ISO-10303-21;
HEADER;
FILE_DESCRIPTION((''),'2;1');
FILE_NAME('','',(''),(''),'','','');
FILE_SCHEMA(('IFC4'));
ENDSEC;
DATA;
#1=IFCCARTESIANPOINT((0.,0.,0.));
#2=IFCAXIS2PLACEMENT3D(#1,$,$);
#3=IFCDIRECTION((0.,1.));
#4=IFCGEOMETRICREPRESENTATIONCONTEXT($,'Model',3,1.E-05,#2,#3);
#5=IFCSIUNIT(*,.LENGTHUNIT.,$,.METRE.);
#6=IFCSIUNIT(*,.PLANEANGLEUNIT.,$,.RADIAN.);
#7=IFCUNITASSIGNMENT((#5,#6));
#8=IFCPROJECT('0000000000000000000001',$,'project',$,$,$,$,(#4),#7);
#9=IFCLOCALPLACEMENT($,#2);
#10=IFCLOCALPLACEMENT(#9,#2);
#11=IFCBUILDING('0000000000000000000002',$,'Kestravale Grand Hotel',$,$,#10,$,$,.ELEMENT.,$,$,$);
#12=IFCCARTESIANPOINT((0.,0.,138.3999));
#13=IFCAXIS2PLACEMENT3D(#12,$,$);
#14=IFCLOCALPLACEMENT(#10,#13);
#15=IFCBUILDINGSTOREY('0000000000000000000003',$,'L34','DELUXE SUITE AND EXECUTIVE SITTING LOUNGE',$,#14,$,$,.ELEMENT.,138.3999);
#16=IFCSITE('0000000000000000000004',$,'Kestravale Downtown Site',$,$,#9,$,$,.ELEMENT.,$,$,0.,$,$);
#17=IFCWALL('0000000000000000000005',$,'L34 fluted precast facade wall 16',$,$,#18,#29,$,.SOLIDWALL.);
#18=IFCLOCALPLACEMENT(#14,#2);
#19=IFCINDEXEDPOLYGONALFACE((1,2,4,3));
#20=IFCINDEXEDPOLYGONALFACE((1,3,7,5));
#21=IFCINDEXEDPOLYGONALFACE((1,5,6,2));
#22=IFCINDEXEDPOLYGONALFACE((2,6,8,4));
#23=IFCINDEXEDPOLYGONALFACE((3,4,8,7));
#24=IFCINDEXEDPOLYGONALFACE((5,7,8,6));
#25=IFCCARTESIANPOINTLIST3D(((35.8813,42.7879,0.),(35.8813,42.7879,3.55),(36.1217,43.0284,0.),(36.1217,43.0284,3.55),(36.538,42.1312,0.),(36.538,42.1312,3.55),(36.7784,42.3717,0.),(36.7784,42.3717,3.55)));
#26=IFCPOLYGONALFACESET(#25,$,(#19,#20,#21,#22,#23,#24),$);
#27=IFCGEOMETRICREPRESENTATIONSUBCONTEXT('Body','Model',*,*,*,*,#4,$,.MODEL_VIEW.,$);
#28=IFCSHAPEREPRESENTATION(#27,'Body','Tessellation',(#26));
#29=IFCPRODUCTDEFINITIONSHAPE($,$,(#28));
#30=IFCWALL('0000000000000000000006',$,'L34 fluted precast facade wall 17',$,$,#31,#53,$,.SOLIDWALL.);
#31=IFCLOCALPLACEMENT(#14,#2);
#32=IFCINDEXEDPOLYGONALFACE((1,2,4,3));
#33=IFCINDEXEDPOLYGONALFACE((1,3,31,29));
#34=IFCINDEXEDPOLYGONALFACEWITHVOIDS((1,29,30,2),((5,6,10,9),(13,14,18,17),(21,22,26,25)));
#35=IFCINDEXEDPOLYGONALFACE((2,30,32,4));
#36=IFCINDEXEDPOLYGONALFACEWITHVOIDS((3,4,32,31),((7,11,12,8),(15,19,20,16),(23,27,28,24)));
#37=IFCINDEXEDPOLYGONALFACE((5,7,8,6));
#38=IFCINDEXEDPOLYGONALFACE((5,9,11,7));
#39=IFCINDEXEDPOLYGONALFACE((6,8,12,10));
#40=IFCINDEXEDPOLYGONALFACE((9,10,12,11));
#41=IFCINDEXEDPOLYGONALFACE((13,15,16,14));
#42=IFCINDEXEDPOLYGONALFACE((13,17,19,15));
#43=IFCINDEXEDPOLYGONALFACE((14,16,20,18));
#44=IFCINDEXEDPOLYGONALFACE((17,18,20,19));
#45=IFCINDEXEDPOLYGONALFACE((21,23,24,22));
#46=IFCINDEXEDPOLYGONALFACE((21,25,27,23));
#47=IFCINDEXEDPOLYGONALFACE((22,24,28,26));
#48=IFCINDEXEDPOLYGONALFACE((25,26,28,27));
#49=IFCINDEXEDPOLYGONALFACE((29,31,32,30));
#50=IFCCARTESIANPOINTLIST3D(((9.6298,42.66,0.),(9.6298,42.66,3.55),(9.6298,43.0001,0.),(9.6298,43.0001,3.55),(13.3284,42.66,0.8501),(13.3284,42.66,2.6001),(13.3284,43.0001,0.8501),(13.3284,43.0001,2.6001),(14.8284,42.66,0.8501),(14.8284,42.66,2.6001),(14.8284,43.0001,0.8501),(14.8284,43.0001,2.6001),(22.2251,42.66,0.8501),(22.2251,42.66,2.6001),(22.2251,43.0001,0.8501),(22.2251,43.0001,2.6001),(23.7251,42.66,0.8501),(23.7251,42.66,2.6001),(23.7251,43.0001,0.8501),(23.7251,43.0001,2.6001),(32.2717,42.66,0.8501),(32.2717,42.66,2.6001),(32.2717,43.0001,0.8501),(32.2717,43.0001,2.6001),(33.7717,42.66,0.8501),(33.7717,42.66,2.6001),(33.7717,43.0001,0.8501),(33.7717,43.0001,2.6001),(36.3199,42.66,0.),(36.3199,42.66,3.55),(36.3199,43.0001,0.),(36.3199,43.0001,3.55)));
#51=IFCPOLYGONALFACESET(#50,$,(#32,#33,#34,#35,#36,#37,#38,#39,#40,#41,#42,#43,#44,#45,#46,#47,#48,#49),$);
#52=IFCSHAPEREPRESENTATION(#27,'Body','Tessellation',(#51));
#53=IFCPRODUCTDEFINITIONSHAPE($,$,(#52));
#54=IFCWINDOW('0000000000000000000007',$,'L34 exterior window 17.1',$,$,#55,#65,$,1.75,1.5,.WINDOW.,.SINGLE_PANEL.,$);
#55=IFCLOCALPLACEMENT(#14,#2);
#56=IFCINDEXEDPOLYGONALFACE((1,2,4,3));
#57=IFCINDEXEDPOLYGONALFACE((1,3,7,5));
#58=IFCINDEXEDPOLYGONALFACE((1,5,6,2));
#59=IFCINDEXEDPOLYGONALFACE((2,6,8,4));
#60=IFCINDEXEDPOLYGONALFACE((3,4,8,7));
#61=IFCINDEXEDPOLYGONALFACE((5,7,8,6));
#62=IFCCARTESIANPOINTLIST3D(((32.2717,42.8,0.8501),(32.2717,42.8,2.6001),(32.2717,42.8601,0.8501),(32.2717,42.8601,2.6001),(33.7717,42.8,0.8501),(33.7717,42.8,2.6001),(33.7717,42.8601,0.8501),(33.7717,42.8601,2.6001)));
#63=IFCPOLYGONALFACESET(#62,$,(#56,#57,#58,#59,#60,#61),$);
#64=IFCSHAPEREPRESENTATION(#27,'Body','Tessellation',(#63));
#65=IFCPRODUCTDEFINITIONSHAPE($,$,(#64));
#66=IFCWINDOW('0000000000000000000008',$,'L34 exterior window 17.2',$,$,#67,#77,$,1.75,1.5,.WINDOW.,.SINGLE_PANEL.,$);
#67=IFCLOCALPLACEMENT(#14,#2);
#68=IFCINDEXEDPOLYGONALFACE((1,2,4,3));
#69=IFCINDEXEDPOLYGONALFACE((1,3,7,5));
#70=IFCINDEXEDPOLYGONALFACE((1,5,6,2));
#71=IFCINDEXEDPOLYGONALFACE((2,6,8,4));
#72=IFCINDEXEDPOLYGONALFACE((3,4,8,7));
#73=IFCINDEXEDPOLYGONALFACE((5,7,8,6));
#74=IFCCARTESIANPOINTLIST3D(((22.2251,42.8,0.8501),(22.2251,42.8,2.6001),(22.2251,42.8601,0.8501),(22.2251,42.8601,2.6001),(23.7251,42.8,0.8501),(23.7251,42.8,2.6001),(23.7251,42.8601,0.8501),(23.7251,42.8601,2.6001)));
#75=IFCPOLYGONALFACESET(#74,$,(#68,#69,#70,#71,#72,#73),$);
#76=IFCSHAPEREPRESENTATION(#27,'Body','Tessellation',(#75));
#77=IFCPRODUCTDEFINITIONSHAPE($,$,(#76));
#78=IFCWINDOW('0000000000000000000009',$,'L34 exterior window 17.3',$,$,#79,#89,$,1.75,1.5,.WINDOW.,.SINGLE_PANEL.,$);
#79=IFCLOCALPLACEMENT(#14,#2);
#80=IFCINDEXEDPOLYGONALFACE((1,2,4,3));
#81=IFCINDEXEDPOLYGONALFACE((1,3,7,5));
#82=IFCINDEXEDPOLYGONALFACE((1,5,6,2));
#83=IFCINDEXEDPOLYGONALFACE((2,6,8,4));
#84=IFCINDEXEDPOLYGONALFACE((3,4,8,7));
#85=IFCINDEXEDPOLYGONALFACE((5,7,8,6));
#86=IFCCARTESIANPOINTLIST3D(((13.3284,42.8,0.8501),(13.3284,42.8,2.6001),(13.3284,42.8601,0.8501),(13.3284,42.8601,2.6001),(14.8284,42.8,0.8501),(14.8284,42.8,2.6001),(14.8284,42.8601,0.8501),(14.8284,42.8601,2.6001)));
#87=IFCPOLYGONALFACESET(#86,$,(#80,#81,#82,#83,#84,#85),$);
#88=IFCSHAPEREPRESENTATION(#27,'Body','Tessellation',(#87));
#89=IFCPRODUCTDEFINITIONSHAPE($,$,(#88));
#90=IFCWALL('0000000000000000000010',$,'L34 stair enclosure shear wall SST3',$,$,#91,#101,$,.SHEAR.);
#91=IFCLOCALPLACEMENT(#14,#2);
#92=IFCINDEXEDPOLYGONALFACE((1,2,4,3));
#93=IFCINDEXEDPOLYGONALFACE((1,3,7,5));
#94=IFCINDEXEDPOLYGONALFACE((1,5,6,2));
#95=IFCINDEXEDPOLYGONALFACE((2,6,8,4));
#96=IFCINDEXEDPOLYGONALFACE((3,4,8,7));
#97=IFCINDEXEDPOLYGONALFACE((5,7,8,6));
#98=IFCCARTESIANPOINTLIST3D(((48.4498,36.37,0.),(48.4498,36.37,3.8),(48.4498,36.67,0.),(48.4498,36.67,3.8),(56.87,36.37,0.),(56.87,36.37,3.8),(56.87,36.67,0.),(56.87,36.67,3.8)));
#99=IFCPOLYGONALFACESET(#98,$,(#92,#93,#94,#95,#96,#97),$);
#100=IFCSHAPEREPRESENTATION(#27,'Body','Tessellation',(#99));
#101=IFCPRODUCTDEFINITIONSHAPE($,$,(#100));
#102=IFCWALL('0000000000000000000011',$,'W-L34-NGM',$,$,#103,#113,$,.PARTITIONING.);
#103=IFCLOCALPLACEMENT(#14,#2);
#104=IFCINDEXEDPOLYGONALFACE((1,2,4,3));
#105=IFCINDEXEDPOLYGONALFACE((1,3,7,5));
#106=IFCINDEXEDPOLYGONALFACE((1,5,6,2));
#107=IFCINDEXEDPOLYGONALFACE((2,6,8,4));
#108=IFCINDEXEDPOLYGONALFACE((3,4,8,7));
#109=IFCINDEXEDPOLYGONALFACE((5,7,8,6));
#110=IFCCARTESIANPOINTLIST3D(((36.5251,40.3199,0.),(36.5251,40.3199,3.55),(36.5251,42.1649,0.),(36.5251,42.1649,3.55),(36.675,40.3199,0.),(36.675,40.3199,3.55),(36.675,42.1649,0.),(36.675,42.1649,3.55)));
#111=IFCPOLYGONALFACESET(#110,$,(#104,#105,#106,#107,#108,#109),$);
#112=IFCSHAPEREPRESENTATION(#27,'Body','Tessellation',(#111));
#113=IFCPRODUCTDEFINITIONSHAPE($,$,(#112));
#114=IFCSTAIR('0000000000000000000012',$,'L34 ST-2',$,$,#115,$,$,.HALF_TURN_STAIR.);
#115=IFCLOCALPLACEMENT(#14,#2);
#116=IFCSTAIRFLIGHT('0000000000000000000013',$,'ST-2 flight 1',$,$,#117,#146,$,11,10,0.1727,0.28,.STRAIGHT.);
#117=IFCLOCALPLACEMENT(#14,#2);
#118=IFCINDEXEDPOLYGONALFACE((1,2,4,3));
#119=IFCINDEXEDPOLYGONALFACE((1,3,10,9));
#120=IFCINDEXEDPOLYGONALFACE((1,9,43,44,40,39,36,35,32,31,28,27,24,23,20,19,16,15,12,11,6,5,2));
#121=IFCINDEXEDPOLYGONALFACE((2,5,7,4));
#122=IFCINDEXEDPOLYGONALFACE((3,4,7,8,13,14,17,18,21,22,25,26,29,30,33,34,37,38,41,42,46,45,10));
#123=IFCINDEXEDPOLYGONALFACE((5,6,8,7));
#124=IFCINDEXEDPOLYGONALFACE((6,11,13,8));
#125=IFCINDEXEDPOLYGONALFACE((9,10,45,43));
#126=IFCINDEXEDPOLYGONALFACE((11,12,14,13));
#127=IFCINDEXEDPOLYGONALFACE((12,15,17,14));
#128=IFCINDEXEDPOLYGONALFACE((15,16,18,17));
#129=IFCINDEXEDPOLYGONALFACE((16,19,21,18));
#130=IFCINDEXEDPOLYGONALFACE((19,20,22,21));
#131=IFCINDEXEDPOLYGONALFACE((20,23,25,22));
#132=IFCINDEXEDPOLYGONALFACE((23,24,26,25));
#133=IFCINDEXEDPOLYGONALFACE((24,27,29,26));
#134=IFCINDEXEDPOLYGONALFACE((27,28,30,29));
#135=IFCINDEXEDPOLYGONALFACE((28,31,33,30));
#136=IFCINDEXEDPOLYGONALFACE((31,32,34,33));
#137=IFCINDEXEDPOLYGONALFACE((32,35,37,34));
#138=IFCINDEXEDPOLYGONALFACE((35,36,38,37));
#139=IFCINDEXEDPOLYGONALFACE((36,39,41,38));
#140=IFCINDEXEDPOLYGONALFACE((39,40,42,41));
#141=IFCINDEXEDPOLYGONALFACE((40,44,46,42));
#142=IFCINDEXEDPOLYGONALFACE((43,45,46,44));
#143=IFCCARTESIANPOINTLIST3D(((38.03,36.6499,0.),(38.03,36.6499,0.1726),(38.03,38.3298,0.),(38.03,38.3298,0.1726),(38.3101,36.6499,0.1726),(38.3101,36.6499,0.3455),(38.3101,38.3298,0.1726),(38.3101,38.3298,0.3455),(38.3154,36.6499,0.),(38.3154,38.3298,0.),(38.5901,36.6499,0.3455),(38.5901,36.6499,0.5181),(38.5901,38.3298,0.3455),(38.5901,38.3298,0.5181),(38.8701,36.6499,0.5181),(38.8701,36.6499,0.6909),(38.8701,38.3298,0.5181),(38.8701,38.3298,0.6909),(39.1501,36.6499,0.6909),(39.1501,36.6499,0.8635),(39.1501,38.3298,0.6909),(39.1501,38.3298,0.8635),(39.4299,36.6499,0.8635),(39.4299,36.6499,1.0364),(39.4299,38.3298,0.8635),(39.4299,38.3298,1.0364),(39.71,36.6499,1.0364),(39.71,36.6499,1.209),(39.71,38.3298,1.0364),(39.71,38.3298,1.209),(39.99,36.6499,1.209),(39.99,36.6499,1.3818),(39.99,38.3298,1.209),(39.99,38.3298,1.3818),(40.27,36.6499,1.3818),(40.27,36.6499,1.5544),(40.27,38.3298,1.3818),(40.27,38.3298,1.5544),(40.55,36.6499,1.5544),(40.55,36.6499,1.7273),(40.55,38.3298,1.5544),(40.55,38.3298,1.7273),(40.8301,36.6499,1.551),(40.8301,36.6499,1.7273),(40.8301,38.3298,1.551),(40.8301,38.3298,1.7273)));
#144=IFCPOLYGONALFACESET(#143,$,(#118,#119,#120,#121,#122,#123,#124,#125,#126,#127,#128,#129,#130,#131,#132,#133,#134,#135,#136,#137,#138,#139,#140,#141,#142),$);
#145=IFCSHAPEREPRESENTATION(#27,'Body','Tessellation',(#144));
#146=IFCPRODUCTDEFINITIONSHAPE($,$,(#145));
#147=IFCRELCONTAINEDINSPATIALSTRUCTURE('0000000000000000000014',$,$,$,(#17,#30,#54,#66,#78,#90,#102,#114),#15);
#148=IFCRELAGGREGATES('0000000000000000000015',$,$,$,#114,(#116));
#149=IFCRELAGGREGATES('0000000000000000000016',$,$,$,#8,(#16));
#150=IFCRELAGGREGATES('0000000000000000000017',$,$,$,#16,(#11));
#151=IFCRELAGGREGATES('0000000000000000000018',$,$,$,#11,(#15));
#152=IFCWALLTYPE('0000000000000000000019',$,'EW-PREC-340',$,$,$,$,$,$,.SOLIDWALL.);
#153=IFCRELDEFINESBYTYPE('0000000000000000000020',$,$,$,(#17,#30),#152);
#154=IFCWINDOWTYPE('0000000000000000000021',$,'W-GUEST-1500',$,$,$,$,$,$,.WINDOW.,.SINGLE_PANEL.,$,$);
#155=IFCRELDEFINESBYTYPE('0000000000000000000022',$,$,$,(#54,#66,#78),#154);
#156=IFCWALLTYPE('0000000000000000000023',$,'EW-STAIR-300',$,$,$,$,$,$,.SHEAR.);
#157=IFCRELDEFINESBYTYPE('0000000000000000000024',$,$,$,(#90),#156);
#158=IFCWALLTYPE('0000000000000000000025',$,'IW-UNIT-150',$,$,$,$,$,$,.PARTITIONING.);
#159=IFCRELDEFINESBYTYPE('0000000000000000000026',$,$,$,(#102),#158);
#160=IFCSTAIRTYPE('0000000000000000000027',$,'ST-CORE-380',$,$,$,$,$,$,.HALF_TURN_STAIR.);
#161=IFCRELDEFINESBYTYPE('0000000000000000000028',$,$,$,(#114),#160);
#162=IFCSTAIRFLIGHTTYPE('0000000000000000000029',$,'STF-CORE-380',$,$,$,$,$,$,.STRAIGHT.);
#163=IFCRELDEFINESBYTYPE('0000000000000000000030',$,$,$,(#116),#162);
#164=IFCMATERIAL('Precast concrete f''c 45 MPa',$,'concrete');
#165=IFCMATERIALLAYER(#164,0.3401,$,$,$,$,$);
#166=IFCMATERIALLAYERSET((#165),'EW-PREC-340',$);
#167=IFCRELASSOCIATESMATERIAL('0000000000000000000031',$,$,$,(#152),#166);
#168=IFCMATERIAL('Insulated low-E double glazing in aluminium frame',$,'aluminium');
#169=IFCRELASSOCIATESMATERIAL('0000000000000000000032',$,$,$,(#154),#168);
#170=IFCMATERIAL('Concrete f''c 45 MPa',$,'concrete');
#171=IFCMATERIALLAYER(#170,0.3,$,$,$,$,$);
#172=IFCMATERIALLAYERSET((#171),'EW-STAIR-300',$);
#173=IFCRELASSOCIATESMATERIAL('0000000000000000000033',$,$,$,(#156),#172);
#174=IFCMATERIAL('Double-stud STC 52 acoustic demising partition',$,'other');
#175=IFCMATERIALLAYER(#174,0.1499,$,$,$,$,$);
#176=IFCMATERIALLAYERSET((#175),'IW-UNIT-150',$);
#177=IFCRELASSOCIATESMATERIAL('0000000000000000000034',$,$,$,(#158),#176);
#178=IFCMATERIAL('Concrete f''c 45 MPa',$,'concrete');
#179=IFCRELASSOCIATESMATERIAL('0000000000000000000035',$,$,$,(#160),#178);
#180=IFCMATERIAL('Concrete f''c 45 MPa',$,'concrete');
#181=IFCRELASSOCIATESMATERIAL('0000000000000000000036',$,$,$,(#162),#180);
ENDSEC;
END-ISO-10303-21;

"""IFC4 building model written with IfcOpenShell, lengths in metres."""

from ifc_helpers import new_model, si_unit, direction, frame, frame_2d, origin, place, context, subcontext, project, spatial, polyline, rectangle, outline, extrude, material, layer, layer_set, type_object, element, fill, aggregate, save


model = new_model("IFC4")

# Units and contexts
model_context = context("Model", 3, precision=1e-05, world=origin(), true_north=direction((0.0, 1.0)))
body_context = subcontext(model_context, "Body", "Model", "MODEL_VIEW")
ifc_project = project(units=[si_unit("LENGTHUNIT", "METRE"), si_unit("PLANEANGLEUNIT", "RADIAN")], contexts=[model_context])

# Site, building, storey
site_placement = place(None, origin())
site = spatial("IfcSite", under=ifc_project, at=site_placement, Name="Kestravale Downtown Site", CompositionType="ELEMENT", RefElevation=0.0)
building_placement = place(site_placement, origin())
building = spatial("IfcBuilding", under=site, at=building_placement, Name="Kestravale Grand Hotel", CompositionType="ELEMENT")
storey_placement = place(building_placement, frame((0.0, 0.0, 138.3999)))
storey = spatial("IfcBuildingStorey", under=building, at=storey_placement, Name="L34", Description="DELUXE SUITE AND EXECUTIVE SITTING LOUNGE", CompositionType="ELEMENT", Elevation=138.3999)

# Shared definitions
ifc_material_1 = material(Name="Precast concrete f'c 45 MPa", Category="concrete")
ifc_layer_1 = layer(ifc_material_1, 0.3401)
ifc_layer_set_1 = layer_set([ifc_layer_1], Name="EW-PREC-340")
wall_type_1 = type_object("IfcWallType", Name="EW-PREC-340", PredefinedType="SOLIDWALL", material=ifc_layer_set_1)

# Shared definitions
ifc_material_2 = material(Name="Insulated low-E double glazing in aluminium frame", Category="aluminium")
window_type = type_object("IfcWindowType", Name="W-GUEST-1500", PartitioningType="SINGLE_PANEL", PredefinedType="WINDOW", material=ifc_material_2)

# Wall
wall_1_placement = place(storey_placement, frame((36.6582, 42.2515, 0.0), z_axis=(0.0, 0.0, 1.0), x_axis=(-0.707107, 0.707107, 0.0)))
element("IfcWall", 1, at=wall_1_placement, inside=storey, type_object=wall_type_1, Name="L34 fluted precast facade wall 16", PredefinedType="SOLIDWALL", context=body_context, shape_type="SweptSolid", body=[
    extrude(rectangle(XDim=0.9287, YDim=0.3401, at=frame_2d((0.4644, 0.0))), origin(), (0.0, 0.0, 1.0), 3.55),
])

# Wall, openings, windows
wall_2_placement = place(storey_placement, frame((36.3201, 42.8301, 0.0), z_axis=(0.0, 0.0, 1.0), x_axis=(-1.0, 0.0, 0.0)))
wall_2 = element("IfcWall", 2, at=wall_2_placement, inside=storey, type_object=wall_type_1, Name="L34 fluted precast facade wall 17", PredefinedType="SOLIDWALL", context=body_context, shape_type="SweptSolid", body=[
    extrude(rectangle(XDim=26.6902, YDim=0.3401, at=frame_2d((13.3452, 0.0))), origin(), (0.0, 0.0, 1.0), 3.55),
])
opening_1_placement = place(wall_2_placement, frame((2.5483, 0.0, 0.8501)))
opening_1 = element("IfcOpeningElement", 3, at=opening_1_placement, cuts=wall_2, PredefinedType="OPENING", context=body_context, shape_type="SweptSolid", body=[
    extrude(rectangle(XDim=1.5, YDim=1.75, at=frame_2d((0.75, 0.875))), frame((0.0, 0.1799, 0.0), z_axis=(0.0, -1.0, 0.0), x_axis=(1.0, 0.0, 0.0)), (0.0, 0.0, 1.0), 0.3601),
])
opening_2_placement = place(wall_2_placement, frame((12.595, 0.0, 0.8501)))
opening_2 = element("IfcOpeningElement", 4, at=opening_2_placement, cuts=wall_2, PredefinedType="OPENING", context=body_context, shape_type="SweptSolid", body=[
    extrude(rectangle(XDim=1.5, YDim=1.75, at=frame_2d((0.75, 0.875))), frame((0.0, 0.1799, 0.0), z_axis=(0.0, -1.0, 0.0), x_axis=(1.0, 0.0, 0.0)), (0.0, 0.0, 1.0), 0.3601),
])
opening_3_placement = place(wall_2_placement, frame((21.4917, 0.0, 0.8501)))
opening_3 = element("IfcOpeningElement", 5, at=opening_3_placement, cuts=wall_2, PredefinedType="OPENING", context=body_context, shape_type="SweptSolid", body=[
    extrude(rectangle(XDim=1.5, YDim=1.75, at=frame_2d((0.75, 0.875))), frame((0.0, 0.1799, 0.0), z_axis=(0.0, -1.0, 0.0), x_axis=(1.0, 0.0, 0.0)), (0.0, 0.0, 1.0), 0.3601),
])
window_1_placement = place(opening_1_placement, origin())
window_1 = element("IfcWindow", 6, at=window_1_placement, inside=storey, type_object=window_type, Name="L34 exterior window 17.1", OverallHeight=1.75, OverallWidth=1.5, PartitioningType="SINGLE_PANEL", PredefinedType="WINDOW", context=body_context, shape_type="SweptSolid", body=[
    extrude(rectangle(XDim=1.5, YDim=1.75, at=frame_2d((0.75, 0.875))), frame((0.0, 0.03, 0.0), z_axis=(0.0, -1.0, 0.0), x_axis=(1.0, 0.0, 0.0)), (0.0, 0.0, 1.0), 0.0601),
])
fill(opening_1, window_1)
window_2_placement = place(opening_2_placement, origin())
window_2 = element("IfcWindow", 7, at=window_2_placement, inside=storey, type_object=window_type, Name="L34 exterior window 17.2", OverallHeight=1.75, OverallWidth=1.5, PartitioningType="SINGLE_PANEL", PredefinedType="WINDOW", context=body_context, shape_type="SweptSolid", body=[
    extrude(rectangle(XDim=1.5, YDim=1.75, at=frame_2d((0.75, 0.875))), frame((0.0, 0.03, 0.0), z_axis=(0.0, -1.0, 0.0), x_axis=(1.0, 0.0, 0.0)), (0.0, 0.0, 1.0), 0.0601),
])
fill(opening_2, window_2)
window_3_placement = place(opening_3_placement, origin())
window_3 = element("IfcWindow", 8, at=window_3_placement, inside=storey, type_object=window_type, Name="L34 exterior window 17.3", OverallHeight=1.75, OverallWidth=1.5, PartitioningType="SINGLE_PANEL", PredefinedType="WINDOW", context=body_context, shape_type="SweptSolid", body=[
    extrude(rectangle(XDim=1.5, YDim=1.75, at=frame_2d((0.75, 0.875))), frame((0.0, 0.03, 0.0), z_axis=(0.0, -1.0, 0.0), x_axis=(1.0, 0.0, 0.0)), (0.0, 0.0, 1.0), 0.0601),
])
fill(opening_3, window_3)

# Walls
ifc_material_3 = material(Name="Concrete f'c 45 MPa", Category="concrete")
ifc_layer_2 = layer(ifc_material_3, 0.3)
ifc_layer_set_2 = layer_set([ifc_layer_2], Name="EW-STAIR-300")
wall_type_2 = type_object("IfcWallType", Name="EW-STAIR-300", PredefinedType="SHEAR", material=ifc_layer_set_2)
wall_3_placement = place(storey_placement, frame((48.45, 36.52, 0.0), z_axis=(0.0, 0.0, 1.0), x_axis=(1.0, 0.0, 0.0)))
element("IfcWall", 9, at=wall_3_placement, inside=storey, type_object=wall_type_2, Name="L34 stair enclosure shear wall SST3", PredefinedType="SHEAR", context=body_context, shape_type="SweptSolid", body=[
    extrude(rectangle(XDim=8.4202, YDim=0.3, at=frame_2d((4.21, 0.0))), origin(), (0.0, 0.0, 1.0), 3.8),
])
ifc_material_4 = material(Name="Double-stud STC 52 acoustic demising partition", Category="other")
ifc_layer_3 = layer(ifc_material_4, 0.1499)
ifc_layer_set_3 = layer_set([ifc_layer_3], Name="IW-UNIT-150")
wall_type_3 = type_object("IfcWallType", Name="IW-UNIT-150", PredefinedType="PARTITIONING", material=ifc_layer_set_3)
wall_4_placement = place(storey_placement, frame((36.6001, 40.3201, 0.0), z_axis=(0.0, 0.0, 1.0), x_axis=(0.0, 1.0, 0.0)))
element("IfcWall", 10, at=wall_4_placement, inside=storey, type_object=wall_type_3, Name="W-L34-NGM", PredefinedType="PARTITIONING", context=body_context, shape_type="SweptSolid", body=[
    extrude(rectangle(XDim=1.845, YDim=0.1499, at=frame_2d((0.9224, 0.0))), origin(), (0.0, 0.0, 1.0), 3.55),
])

# Stair, stair flight
ifc_material_5 = material(Name="Concrete f'c 45 MPa", Category="concrete")
stair_type = type_object("IfcStairType", Name="ST-CORE-380", PredefinedType="HALF_TURN_STAIR", material=ifc_material_5)
stair_placement = place(storey_placement, origin())
stair = element("IfcStair", 11, at=stair_placement, inside=storey, type_object=stair_type, Name="L34 ST-2", PredefinedType="HALF_TURN_STAIR")
ifc_material_6 = material(Name="Concrete f'c 45 MPa", Category="concrete")
stair_flight_type = type_object("IfcStairFlightType", Name="STF-CORE-380", PredefinedType="STRAIGHT", material=ifc_material_6)
stair_flight_1_placement = place(storey_placement, frame((38.03, 37.49, 0.0), z_axis=(0.0, 0.0, 1.0), x_axis=(1.0, 0.0, 0.0)))
stair_flight_1 = element("IfcStairFlight", 12, at=stair_flight_1_placement, type_object=stair_flight_type, Name="ST-2 flight 1", NumberOfRisers=11, NumberOfTreads=10, PredefinedType="STRAIGHT", RiserHeight=0.1727, TreadLength=0.28, context=body_context, shape_type="SweptSolid", body=[
    extrude(outline(polyline([(0.0, 0.0), (0.0, 0.1726), (0.28, 0.1726), (0.28, 0.3455), (0.5601, 0.3455), (0.5601, 0.5181), (0.8401, 0.5181), (0.8401, 0.6909), (1.1201, 0.6909), (1.1201, 0.8635), (1.3999, 0.8635), (1.3999, 1.0364), (1.6799, 1.0364), (1.6799, 1.209), (1.96, 1.209), (1.96, 1.3818), (2.24, 1.3818), (2.24, 1.5544), (2.52, 1.5544), (2.52, 1.7273), (2.8, 1.7273), (2.8, 1.8999), (2.8, 1.551), (0.2854, 0.0), (0.0, 0.0)])), frame((0.0, 0.8398, 0.0), z_axis=(0.0, -1.0, 0.0), x_axis=(1.0, 0.0, 0.0)), (0.0, 0.0, 1.0), 1.6799),
])
aggregate(stair, [stair_flight_1])

save(model, "model.ifc")
